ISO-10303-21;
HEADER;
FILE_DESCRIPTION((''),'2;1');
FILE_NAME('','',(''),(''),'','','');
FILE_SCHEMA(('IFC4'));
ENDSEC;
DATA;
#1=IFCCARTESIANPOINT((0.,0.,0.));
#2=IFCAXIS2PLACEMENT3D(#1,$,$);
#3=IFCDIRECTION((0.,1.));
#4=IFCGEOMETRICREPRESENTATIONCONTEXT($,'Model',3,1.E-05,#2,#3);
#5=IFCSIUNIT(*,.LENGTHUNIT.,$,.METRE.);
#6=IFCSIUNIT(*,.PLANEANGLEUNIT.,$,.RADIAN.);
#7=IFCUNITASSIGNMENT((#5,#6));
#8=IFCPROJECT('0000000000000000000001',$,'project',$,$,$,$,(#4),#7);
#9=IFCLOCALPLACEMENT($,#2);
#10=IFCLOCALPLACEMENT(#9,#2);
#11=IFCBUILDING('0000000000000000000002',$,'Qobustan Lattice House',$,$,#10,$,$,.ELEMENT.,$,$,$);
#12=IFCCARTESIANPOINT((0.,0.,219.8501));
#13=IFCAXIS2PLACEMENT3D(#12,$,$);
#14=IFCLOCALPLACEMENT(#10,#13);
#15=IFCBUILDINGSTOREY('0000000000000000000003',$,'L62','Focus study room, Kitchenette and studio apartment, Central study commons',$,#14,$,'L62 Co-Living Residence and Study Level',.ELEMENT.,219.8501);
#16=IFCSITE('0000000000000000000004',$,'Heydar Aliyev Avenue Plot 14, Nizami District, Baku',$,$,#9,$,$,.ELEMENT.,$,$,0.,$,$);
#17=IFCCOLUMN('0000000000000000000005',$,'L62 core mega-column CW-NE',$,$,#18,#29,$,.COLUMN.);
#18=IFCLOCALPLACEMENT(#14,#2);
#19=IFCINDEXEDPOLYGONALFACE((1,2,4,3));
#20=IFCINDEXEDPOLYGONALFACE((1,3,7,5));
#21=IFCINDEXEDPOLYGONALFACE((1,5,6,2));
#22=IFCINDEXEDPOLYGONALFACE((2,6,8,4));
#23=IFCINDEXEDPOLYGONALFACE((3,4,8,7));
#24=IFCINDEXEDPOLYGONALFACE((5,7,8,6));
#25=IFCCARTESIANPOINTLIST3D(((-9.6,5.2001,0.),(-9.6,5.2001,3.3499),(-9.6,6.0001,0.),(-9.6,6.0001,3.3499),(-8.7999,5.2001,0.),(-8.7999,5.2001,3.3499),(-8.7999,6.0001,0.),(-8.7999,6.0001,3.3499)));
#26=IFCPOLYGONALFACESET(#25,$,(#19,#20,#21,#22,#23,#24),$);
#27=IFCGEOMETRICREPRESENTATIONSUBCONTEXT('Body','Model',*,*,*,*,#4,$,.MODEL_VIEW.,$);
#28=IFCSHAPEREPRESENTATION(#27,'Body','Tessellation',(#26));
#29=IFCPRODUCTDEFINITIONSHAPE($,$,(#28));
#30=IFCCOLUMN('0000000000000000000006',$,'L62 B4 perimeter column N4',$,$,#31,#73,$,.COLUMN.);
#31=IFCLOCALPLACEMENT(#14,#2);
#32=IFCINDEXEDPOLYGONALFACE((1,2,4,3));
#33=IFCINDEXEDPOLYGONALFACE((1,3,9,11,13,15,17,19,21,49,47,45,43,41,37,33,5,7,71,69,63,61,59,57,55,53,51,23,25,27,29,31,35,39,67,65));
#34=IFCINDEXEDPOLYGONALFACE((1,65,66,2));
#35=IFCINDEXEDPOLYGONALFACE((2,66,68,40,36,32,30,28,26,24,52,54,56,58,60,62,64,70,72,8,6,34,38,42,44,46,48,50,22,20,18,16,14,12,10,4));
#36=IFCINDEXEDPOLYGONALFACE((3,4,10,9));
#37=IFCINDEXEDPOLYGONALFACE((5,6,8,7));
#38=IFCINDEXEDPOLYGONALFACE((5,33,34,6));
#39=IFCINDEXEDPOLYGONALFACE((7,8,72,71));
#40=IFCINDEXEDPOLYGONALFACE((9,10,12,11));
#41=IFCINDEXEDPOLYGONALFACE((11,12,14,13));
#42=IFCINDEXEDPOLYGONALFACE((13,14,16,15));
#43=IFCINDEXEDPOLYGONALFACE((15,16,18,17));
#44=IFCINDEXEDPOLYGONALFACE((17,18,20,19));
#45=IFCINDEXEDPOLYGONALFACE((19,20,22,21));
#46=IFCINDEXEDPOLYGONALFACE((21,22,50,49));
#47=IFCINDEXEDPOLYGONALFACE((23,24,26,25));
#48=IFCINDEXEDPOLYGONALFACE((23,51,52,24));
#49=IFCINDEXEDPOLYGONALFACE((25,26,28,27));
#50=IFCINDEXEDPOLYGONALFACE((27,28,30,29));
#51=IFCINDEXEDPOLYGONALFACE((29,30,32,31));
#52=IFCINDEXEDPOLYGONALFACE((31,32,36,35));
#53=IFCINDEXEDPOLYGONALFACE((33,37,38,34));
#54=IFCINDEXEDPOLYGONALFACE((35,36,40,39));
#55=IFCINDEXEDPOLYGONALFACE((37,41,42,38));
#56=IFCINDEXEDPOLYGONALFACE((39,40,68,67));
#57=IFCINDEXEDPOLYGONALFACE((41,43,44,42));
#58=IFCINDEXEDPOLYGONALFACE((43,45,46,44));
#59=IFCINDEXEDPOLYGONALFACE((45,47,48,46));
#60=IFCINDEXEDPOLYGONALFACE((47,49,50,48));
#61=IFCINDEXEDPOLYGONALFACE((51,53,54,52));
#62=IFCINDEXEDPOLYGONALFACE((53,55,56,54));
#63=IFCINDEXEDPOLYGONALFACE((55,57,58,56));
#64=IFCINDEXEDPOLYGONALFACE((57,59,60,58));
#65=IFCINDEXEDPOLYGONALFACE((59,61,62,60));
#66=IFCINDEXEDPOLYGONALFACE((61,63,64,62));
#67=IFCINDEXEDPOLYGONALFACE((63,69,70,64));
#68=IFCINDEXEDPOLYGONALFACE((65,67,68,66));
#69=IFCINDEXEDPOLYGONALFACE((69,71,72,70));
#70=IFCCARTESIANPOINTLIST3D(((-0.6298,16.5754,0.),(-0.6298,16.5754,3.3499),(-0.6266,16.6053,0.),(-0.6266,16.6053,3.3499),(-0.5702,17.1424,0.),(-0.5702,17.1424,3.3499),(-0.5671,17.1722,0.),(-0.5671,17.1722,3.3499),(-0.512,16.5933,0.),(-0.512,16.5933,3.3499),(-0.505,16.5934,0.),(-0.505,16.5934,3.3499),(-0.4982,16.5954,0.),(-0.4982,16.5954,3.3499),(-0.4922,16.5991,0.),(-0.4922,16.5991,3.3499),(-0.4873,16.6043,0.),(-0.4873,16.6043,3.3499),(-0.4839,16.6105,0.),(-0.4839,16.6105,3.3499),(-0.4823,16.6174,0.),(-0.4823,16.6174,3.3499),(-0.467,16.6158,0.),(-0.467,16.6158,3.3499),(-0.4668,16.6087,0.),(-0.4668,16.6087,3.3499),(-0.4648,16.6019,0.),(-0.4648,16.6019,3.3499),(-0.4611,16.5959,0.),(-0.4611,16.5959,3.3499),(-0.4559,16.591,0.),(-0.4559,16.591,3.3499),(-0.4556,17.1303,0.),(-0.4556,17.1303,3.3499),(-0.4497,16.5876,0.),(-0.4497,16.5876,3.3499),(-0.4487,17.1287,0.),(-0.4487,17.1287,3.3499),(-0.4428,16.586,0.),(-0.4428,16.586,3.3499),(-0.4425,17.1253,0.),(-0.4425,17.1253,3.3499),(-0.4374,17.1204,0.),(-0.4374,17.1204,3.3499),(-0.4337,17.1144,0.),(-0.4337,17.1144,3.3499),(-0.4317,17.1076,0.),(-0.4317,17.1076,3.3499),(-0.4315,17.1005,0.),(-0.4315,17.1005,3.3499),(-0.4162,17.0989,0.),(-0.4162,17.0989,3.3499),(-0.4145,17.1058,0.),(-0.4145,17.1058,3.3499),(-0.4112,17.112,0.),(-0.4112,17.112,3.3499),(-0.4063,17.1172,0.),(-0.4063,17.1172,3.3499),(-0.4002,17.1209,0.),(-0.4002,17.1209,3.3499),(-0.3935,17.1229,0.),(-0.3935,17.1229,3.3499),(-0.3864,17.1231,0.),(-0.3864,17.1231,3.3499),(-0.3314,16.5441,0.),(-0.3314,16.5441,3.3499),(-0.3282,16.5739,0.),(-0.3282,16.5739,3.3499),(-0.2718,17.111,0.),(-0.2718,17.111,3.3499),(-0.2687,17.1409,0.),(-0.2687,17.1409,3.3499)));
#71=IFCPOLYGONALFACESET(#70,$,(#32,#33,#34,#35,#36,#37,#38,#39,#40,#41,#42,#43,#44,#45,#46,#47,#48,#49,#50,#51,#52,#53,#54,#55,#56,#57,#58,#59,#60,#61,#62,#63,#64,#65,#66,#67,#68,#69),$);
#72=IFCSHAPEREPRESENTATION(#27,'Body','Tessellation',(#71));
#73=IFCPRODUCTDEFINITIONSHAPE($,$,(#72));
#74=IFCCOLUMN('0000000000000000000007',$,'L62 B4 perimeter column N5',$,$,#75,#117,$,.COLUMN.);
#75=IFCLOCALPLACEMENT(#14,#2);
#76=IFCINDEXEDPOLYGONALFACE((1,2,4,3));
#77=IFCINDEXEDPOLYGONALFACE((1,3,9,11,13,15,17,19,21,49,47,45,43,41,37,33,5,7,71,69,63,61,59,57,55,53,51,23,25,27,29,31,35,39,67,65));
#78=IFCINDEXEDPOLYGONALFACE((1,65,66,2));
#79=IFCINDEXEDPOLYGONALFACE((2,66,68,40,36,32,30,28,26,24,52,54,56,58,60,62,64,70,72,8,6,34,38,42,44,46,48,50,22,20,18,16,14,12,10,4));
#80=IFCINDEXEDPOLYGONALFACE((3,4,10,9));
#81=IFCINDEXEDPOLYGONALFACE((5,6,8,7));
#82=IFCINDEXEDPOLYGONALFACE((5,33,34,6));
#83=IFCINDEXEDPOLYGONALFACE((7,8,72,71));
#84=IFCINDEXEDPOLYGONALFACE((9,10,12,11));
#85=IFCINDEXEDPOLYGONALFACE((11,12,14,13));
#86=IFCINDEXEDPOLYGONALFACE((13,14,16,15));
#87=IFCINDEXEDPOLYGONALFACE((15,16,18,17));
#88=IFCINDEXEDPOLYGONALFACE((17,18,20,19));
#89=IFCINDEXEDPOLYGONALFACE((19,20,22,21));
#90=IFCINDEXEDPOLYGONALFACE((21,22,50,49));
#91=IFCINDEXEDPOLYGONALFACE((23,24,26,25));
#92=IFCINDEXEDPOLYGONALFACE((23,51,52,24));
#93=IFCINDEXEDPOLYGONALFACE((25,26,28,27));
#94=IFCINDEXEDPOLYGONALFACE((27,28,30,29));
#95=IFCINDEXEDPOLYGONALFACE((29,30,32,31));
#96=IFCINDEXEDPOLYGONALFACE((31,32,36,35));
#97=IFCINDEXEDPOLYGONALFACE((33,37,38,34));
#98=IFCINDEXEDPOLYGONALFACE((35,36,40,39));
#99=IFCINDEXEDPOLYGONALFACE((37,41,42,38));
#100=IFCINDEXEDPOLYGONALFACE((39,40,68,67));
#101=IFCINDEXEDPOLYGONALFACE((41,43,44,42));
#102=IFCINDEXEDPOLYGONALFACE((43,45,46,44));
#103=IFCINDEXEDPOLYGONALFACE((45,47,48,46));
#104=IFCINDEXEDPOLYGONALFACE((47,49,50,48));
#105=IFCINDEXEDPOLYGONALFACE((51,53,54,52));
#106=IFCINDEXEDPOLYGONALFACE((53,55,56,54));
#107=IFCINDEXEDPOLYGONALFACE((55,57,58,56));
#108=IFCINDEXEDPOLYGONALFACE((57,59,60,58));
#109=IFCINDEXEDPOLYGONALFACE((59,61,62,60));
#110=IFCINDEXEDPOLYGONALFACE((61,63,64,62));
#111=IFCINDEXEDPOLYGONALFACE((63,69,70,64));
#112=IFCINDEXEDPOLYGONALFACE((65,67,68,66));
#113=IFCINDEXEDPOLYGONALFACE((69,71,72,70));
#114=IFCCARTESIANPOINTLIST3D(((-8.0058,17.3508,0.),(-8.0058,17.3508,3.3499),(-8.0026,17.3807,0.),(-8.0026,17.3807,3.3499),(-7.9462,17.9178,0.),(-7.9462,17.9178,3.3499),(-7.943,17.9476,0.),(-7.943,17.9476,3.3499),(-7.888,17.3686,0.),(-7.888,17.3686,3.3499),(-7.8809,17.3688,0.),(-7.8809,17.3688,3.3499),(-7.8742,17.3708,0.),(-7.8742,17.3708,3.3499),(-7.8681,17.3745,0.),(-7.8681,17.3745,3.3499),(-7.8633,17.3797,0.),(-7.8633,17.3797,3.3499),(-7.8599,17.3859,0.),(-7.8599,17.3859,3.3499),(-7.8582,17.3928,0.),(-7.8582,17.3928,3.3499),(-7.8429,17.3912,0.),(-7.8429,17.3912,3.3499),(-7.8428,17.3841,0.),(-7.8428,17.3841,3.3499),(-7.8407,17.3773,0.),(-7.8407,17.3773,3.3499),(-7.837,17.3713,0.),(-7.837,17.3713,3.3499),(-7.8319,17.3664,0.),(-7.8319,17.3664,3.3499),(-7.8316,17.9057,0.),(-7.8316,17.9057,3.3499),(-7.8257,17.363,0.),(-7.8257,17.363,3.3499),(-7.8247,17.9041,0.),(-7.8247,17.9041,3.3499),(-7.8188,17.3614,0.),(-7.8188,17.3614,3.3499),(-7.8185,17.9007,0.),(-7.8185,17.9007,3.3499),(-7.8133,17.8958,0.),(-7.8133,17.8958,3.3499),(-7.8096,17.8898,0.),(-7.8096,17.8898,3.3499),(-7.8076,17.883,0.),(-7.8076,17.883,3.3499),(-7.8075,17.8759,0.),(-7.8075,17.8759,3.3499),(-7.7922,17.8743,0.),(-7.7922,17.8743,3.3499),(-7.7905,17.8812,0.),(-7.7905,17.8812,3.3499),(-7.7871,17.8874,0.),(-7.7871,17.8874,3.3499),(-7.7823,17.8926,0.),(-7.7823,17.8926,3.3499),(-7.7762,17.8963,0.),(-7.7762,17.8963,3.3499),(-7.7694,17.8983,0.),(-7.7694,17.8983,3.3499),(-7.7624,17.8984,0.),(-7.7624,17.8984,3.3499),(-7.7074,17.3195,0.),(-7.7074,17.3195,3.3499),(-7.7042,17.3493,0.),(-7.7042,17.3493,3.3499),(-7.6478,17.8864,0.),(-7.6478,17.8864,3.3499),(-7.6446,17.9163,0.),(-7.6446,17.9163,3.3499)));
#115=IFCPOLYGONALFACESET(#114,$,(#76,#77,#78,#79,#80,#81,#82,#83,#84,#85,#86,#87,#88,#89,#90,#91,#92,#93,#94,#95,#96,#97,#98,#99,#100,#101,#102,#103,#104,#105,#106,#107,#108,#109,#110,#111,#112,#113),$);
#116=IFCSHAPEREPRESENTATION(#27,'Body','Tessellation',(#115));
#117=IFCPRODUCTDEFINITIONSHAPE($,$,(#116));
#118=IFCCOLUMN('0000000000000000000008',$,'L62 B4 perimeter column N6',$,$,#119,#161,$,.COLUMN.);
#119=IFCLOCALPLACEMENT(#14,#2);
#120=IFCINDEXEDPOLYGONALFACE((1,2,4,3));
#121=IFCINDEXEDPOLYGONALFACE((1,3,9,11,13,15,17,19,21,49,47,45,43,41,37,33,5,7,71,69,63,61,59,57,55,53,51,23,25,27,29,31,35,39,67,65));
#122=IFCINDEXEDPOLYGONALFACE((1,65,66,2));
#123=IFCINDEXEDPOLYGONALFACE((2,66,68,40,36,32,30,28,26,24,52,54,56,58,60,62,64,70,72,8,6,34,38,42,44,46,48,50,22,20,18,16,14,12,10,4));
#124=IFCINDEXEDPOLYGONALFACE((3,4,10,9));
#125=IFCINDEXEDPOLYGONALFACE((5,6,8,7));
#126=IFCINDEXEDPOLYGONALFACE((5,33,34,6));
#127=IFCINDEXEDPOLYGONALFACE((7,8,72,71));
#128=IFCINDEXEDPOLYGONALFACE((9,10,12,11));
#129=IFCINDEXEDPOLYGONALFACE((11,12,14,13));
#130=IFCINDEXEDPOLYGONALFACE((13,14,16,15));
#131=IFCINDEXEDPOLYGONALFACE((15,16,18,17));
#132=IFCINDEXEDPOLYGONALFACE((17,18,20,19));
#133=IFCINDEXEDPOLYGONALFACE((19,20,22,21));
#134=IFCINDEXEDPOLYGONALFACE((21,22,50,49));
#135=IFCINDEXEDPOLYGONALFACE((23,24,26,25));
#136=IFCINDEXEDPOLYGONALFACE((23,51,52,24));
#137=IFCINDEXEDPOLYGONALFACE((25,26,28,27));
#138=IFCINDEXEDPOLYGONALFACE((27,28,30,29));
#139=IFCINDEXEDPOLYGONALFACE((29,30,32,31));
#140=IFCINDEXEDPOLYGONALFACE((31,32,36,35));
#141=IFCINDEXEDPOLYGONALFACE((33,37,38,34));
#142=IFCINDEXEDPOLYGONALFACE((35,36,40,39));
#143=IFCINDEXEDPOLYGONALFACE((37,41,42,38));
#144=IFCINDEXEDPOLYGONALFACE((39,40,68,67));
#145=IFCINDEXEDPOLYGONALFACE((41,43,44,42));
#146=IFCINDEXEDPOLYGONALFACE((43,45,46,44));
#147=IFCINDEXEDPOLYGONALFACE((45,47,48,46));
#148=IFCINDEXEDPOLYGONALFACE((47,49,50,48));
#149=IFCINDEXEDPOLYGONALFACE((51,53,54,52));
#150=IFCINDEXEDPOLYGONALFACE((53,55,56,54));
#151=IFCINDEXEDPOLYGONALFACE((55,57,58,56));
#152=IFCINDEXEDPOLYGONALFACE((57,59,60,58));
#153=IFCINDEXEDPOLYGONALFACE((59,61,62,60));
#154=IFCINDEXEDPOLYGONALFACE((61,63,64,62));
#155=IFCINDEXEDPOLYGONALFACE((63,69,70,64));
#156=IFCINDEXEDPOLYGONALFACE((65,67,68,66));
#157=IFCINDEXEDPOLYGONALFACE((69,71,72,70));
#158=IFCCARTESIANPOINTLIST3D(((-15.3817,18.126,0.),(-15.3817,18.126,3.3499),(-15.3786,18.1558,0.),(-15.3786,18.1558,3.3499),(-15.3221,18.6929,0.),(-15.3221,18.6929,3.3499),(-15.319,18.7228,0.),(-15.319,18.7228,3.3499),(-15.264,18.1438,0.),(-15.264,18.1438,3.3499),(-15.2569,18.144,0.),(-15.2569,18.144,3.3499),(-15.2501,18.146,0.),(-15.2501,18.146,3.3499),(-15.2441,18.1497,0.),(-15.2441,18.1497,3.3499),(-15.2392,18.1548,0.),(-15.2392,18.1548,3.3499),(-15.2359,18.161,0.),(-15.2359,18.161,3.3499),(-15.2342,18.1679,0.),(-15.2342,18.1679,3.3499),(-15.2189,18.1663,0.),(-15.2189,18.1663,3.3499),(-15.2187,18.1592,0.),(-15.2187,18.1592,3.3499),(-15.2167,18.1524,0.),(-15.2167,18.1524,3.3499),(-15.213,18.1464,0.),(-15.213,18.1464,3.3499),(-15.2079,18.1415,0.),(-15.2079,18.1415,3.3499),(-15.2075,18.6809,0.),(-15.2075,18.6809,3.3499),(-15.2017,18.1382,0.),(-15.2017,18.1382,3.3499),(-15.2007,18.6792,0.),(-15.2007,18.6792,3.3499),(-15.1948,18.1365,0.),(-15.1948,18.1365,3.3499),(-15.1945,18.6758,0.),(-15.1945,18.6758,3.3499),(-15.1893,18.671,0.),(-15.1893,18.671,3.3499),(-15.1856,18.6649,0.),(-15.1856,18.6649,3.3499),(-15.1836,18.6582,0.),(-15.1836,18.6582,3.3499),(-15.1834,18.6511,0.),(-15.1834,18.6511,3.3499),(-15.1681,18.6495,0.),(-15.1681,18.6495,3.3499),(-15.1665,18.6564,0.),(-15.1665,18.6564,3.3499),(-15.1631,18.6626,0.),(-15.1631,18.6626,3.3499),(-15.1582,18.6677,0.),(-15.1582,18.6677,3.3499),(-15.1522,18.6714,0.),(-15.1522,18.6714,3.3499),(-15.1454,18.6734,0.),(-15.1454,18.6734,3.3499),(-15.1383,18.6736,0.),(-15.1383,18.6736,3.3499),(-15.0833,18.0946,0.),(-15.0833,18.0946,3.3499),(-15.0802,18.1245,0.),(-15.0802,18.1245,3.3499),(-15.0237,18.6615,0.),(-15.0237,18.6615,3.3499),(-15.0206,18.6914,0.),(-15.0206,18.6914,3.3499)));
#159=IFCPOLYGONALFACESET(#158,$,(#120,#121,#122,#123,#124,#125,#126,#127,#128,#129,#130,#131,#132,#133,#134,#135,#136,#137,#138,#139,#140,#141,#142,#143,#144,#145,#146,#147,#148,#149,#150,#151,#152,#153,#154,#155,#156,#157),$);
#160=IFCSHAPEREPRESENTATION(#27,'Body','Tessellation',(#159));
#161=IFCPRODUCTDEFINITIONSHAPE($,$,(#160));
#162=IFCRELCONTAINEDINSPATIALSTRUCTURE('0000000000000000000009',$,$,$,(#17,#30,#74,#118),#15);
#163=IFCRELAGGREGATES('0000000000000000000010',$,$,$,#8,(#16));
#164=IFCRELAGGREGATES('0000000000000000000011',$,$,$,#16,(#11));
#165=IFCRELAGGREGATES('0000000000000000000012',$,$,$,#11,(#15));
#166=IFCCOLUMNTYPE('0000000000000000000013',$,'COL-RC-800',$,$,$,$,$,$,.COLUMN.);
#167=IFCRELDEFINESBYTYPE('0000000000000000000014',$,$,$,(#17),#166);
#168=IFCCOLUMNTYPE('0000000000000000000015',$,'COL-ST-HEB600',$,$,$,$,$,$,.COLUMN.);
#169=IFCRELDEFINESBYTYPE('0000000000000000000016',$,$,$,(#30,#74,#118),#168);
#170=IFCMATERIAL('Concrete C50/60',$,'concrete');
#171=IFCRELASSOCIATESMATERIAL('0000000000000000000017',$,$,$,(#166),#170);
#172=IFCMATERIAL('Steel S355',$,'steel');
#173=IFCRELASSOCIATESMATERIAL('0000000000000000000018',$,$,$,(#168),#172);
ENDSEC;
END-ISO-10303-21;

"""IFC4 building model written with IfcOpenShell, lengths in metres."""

from ifc_helpers import new_model, si_unit, direction, frame, origin, origin_2d, place, context, subcontext, project, spatial, rectangle, i_section, extrude, material, material_profile, profile_set, type_object, element, save


model = new_model("IFC4")

# Units and contexts
model_context = context("Model", 3, precision=1e-05, world=origin(), true_north=direction((0.0, 1.0)))
body_context = subcontext(model_context, "Body", "Model", "MODEL_VIEW")
ifc_project = project(units=[si_unit("LENGTHUNIT", "METRE"), si_unit("PLANEANGLEUNIT", "RADIAN")], contexts=[model_context])

# Site, building, storey
site_placement = place(None, origin())
site = spatial("IfcSite", under=ifc_project, at=site_placement, Name="Heydar Aliyev Avenue Plot 14, Nizami District, Baku", CompositionType="ELEMENT", RefElevation=0.0)
building_placement = place(site_placement, origin())
building = spatial("IfcBuilding", under=site, at=building_placement, Name="Qobustan Lattice House", CompositionType="ELEMENT")
storey_placement = place(building_placement, frame((0.0, 0.0, 219.8501)))
storey = spatial("IfcBuildingStorey", under=building, at=storey_placement, Name="L62", Description="Focus study room, Kitchenette and studio apartment, Central study commons", LongName="L62 Co-Living Residence and Study Level", CompositionType="ELEMENT", Elevation=219.8501)

# Columns
ifc_material_1 = material(Name="Concrete C50/60", Category="concrete")
ifc_material_profile_1 = material_profile(ifc_material_1, rectangle(XDim=0.8, YDim=0.8, at=origin_2d()), Name="RC800x800")
ifc_profile_set_1 = profile_set([ifc_material_profile_1], Name="Concrete C50/60")
column_type_1 = type_object("IfcColumnType", Name="COL-RC-800", PredefinedType="COLUMN", material=ifc_profile_set_1)
column_placement = place(storey_placement, frame((-9.2, 5.6001, 0.0), z_axis=(0.0, 0.0, 1.0), x_axis=(1.0, 0.0, 0.0)))
element("IfcColumn", 1, at=column_placement, inside=storey, type_object=column_type_1, Name="L62 core mega-column CW-NE", PredefinedType="COLUMN", context=body_context, shape_type="SweptSolid", body=[
    extrude(rectangle(XDim=0.8, YDim=0.8, at=origin_2d()), origin(), (0.0, 0.0, 1.0), 3.3499),
])
ifc_material_2 = material(Name="Steel S355", Category="steel")
ifc_material_profile_2 = material_profile(ifc_material_2, i_section(OverallWidth=0.3, OverallDepth=0.6001, WebThickness=0.0154, FlangeThickness=0.03, FilletRadius=0.0271, at=origin_2d()), Name="HEB600")
ifc_profile_set_2 = profile_set([ifc_material_profile_2], Name="Steel S355")
column_type_2 = type_object("IfcColumnType", Name="COL-ST-HEB600", PredefinedType="COLUMN", material=ifc_profile_set_2)
for number, where, z_axis, x_axis, name in (
    (2, (-0.4492, 16.8582, 0.0), (0.0, 0.0, 1.0), (0.994522, -0.104528, 0.0), "L62 B4 perimeter column N4"),
    (3, (-7.8252, 17.6335, 0.0), (0.0, 0.0, 1.0), (0.994522, -0.104528, 0.0), "L62 B4 perimeter column N5"),
    (4, (-15.2012, 18.4087, 0.0), (0.0, 0.0, 1.0), (0.994522, -0.104528, 0.0), "L62 B4 perimeter column N6"),
):
    element("IfcColumn", number, at=place(storey_placement, frame(where, z_axis=z_axis, x_axis=x_axis)), inside=storey, type_object=column_type_2, Name=name, PredefinedType="COLUMN", context=body_context, shape_type="SweptSolid", body=[
        extrude(i_section(OverallWidth=0.3, OverallDepth=0.6001, WebThickness=0.0154, FlangeThickness=0.03, FilletRadius=0.0271, at=origin_2d()), origin(), (0.0, 0.0, 1.0), 3.3499),
    ])

save(model, "model.ifc")
